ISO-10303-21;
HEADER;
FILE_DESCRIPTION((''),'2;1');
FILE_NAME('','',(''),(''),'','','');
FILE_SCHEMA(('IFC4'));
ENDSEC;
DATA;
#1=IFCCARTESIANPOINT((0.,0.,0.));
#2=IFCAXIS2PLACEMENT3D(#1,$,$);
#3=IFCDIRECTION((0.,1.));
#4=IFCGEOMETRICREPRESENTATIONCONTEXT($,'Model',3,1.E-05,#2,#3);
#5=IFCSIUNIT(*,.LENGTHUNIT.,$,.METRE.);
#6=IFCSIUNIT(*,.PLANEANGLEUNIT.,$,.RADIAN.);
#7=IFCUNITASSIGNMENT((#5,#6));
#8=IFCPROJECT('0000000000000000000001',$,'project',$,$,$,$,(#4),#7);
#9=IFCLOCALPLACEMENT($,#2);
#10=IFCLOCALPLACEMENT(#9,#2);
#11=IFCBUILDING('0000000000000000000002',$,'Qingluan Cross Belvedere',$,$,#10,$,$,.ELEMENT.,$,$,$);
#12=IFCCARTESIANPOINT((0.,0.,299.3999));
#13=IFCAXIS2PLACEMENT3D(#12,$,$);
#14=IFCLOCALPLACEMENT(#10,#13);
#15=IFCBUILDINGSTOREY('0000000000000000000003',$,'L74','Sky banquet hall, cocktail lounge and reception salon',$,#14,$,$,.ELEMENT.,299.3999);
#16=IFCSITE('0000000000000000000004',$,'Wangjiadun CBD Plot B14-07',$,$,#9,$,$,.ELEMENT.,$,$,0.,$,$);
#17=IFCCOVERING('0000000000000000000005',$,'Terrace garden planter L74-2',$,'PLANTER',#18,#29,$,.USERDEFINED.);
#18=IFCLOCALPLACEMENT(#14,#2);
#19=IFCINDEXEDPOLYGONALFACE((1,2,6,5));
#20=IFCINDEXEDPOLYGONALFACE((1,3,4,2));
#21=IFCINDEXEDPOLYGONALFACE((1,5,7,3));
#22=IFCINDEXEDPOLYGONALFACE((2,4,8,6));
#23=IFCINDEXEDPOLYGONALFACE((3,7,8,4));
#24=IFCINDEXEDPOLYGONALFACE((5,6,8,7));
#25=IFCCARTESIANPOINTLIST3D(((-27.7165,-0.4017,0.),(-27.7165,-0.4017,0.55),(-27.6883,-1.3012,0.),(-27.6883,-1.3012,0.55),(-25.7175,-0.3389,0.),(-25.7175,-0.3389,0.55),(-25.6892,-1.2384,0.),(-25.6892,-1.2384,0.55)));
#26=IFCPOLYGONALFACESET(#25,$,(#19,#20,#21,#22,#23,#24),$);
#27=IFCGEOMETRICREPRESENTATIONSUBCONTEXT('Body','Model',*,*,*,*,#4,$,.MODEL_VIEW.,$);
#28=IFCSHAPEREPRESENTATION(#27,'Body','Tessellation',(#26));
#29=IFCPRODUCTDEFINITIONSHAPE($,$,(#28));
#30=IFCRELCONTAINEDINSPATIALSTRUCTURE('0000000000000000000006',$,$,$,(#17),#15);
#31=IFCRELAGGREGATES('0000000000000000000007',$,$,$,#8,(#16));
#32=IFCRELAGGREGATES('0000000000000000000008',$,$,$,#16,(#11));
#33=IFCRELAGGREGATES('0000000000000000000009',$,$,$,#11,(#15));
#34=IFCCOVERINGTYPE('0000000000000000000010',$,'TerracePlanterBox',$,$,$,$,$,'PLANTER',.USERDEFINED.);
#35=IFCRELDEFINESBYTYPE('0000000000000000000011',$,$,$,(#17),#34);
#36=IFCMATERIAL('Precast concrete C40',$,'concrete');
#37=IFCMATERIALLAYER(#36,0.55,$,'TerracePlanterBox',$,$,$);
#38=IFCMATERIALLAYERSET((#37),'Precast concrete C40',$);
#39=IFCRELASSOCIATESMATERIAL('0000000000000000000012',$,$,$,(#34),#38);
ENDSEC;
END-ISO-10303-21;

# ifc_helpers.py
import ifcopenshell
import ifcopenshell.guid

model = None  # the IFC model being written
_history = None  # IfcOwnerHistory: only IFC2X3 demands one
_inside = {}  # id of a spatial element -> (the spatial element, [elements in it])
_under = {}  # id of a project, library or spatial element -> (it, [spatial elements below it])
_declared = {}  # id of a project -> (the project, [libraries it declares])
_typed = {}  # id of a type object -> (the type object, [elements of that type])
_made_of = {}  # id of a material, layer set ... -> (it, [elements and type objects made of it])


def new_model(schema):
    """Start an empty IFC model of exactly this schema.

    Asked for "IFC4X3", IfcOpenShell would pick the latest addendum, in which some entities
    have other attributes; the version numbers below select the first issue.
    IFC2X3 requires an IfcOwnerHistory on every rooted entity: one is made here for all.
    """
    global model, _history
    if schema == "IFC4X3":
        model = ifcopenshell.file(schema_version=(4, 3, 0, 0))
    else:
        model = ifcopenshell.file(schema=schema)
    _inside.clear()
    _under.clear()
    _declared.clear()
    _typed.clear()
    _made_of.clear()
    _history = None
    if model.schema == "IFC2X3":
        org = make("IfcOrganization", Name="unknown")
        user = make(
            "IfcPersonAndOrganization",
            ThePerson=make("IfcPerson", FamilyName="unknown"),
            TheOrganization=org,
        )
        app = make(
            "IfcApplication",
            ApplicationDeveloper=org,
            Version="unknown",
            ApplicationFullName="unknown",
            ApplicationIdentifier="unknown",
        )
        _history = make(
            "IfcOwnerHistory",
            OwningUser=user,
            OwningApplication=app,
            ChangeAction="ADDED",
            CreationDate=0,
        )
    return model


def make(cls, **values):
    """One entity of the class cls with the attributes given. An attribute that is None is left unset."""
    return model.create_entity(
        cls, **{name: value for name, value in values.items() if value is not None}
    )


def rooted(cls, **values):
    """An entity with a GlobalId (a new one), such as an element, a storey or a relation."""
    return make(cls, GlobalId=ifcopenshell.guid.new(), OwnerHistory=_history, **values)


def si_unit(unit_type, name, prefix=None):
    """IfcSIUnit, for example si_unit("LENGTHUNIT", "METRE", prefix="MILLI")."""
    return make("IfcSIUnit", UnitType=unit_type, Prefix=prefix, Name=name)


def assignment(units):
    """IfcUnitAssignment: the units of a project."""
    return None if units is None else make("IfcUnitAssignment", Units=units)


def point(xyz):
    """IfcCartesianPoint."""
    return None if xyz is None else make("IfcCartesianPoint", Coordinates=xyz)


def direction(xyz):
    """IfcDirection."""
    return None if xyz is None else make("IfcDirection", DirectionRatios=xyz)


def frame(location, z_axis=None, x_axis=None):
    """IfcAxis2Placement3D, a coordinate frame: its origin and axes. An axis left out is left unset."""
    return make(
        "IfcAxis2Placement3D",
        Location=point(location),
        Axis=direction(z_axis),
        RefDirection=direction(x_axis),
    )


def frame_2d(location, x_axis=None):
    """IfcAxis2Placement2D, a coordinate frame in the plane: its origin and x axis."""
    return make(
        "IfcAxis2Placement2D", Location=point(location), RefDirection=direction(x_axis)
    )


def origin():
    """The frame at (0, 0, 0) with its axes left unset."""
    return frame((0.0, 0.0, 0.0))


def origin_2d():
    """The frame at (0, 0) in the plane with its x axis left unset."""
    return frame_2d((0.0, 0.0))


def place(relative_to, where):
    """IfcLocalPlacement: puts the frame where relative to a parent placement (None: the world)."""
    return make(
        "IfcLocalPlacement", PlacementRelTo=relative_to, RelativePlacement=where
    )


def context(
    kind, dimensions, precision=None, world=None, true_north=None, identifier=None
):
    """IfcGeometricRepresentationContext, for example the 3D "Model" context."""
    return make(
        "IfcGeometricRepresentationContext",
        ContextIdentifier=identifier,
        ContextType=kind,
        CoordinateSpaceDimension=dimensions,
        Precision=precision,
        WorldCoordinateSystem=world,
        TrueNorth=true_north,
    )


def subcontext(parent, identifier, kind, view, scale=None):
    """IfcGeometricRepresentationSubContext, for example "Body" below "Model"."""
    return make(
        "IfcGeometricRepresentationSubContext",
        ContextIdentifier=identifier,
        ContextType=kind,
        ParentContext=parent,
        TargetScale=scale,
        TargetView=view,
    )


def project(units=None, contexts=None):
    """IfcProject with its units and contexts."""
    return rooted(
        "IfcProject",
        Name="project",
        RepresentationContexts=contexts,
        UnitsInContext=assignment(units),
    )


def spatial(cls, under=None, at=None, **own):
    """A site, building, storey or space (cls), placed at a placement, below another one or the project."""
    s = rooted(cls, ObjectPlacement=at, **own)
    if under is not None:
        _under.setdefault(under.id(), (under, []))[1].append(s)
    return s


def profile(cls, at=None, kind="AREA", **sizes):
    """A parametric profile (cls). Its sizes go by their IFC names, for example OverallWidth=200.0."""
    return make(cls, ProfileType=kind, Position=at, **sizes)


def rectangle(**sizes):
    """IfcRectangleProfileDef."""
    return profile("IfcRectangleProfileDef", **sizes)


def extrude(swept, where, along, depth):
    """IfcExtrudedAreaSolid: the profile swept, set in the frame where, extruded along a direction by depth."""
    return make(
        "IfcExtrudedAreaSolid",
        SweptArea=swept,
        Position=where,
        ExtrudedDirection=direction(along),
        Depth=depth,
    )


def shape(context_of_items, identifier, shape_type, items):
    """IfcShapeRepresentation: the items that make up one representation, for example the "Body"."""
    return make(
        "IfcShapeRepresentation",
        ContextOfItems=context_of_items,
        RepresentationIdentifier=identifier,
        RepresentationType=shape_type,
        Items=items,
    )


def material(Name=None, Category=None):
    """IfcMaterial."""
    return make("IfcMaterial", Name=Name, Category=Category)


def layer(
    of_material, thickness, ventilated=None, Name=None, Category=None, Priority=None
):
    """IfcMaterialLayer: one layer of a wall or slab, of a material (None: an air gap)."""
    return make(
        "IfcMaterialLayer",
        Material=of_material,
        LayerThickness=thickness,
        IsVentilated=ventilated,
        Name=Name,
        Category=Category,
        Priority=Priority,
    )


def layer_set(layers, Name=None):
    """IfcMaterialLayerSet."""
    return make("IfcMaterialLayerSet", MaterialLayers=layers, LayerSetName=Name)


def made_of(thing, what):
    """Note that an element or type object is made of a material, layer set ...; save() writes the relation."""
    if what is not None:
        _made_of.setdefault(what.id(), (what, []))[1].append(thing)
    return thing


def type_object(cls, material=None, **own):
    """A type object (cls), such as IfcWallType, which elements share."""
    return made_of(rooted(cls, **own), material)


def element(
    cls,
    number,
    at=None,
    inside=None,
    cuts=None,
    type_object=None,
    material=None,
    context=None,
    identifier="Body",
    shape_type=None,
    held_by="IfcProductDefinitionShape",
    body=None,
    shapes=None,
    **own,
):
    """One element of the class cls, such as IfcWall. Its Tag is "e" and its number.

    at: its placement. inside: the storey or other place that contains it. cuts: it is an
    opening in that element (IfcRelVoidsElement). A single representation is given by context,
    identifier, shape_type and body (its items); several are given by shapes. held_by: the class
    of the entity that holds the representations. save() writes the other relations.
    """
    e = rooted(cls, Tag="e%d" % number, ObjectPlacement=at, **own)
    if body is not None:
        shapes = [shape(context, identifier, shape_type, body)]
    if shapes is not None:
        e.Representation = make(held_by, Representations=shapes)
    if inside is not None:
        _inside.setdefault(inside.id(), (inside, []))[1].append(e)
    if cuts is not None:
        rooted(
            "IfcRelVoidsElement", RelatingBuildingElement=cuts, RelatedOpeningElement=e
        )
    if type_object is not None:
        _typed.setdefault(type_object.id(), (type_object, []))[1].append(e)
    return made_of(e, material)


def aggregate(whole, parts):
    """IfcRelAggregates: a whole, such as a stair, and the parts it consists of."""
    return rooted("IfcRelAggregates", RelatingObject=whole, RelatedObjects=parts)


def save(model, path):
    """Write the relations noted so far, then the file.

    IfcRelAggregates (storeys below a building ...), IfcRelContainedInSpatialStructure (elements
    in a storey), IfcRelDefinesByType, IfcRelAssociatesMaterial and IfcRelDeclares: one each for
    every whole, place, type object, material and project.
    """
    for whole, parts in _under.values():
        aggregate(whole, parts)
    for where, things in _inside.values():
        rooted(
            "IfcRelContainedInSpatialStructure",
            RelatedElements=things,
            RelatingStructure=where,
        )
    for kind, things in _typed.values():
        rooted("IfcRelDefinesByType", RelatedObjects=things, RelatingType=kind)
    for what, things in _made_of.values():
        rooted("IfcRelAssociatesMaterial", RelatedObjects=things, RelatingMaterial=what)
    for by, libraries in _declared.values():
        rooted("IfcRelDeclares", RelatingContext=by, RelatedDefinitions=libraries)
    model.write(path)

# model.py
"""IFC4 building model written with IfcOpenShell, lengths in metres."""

from ifc_helpers import new_model, si_unit, direction, frame, origin, origin_2d, place, context, subcontext, project, spatial, rectangle, extrude, material, layer, layer_set, type_object, element, save


model = new_model("IFC4")

# Units and contexts
model_context = context("Model", 3, precision=1e-05, world=origin(), true_north=direction((0.0, 1.0)))
body_context = subcontext(model_context, "Body", "Model", "MODEL_VIEW")
ifc_project = project(units=[si_unit("LENGTHUNIT", "METRE"), si_unit("PLANEANGLEUNIT", "RADIAN")], contexts=[model_context])

# Site, building, storey
site_placement = place(None, origin())
site = spatial("IfcSite", under=ifc_project, at=site_placement, Name="Wangjiadun CBD Plot B14-07", CompositionType="ELEMENT", RefElevation=0.0)
building_placement = place(site_placement, origin())
building = spatial("IfcBuilding", under=site, at=building_placement, Name="Qingluan Cross Belvedere", CompositionType="ELEMENT")
storey_placement = place(building_placement, frame((0.0, 0.0, 299.3999)))
storey = spatial("IfcBuildingStorey", under=building, at=storey_placement, Name="L74", Description="Sky banquet hall, cocktail lounge and reception salon", CompositionType="ELEMENT", Elevation=299.3999)

# Covering
ifc_material_1 = material(Name="Precast concrete C40", Category="concrete")
ifc_layer_1 = layer(ifc_material_1, 0.55, Name="TerracePlanterBox")
ifc_layer_set_1 = layer_set([ifc_layer_1], Name="Precast concrete C40")
covering_type = type_object("IfcCoveringType", Name="TerracePlanterBox", ElementType="PLANTER", PredefinedType="USERDEFINED", material=ifc_layer_set_1)
covering_placement = place(storey_placement, frame((-26.7029, -0.8201, 0.0), z_axis=(0.0, 0.0, 1.0), x_axis=(0.999507, 0.031411, 0.0)))
element("IfcCovering", 1, at=covering_placement, inside=storey, type_object=covering_type, Name="Terrace garden planter L74-2", ObjectType="PLANTER", PredefinedType="USERDEFINED", context=body_context, shape_type="SweptSolid", body=[
    extrude(rectangle(XDim=2.0, YDim=0.8999, at=origin_2d()), origin(), (0.0, 0.0, 1.0), 0.55),
])

save(model, "model.ifc")
